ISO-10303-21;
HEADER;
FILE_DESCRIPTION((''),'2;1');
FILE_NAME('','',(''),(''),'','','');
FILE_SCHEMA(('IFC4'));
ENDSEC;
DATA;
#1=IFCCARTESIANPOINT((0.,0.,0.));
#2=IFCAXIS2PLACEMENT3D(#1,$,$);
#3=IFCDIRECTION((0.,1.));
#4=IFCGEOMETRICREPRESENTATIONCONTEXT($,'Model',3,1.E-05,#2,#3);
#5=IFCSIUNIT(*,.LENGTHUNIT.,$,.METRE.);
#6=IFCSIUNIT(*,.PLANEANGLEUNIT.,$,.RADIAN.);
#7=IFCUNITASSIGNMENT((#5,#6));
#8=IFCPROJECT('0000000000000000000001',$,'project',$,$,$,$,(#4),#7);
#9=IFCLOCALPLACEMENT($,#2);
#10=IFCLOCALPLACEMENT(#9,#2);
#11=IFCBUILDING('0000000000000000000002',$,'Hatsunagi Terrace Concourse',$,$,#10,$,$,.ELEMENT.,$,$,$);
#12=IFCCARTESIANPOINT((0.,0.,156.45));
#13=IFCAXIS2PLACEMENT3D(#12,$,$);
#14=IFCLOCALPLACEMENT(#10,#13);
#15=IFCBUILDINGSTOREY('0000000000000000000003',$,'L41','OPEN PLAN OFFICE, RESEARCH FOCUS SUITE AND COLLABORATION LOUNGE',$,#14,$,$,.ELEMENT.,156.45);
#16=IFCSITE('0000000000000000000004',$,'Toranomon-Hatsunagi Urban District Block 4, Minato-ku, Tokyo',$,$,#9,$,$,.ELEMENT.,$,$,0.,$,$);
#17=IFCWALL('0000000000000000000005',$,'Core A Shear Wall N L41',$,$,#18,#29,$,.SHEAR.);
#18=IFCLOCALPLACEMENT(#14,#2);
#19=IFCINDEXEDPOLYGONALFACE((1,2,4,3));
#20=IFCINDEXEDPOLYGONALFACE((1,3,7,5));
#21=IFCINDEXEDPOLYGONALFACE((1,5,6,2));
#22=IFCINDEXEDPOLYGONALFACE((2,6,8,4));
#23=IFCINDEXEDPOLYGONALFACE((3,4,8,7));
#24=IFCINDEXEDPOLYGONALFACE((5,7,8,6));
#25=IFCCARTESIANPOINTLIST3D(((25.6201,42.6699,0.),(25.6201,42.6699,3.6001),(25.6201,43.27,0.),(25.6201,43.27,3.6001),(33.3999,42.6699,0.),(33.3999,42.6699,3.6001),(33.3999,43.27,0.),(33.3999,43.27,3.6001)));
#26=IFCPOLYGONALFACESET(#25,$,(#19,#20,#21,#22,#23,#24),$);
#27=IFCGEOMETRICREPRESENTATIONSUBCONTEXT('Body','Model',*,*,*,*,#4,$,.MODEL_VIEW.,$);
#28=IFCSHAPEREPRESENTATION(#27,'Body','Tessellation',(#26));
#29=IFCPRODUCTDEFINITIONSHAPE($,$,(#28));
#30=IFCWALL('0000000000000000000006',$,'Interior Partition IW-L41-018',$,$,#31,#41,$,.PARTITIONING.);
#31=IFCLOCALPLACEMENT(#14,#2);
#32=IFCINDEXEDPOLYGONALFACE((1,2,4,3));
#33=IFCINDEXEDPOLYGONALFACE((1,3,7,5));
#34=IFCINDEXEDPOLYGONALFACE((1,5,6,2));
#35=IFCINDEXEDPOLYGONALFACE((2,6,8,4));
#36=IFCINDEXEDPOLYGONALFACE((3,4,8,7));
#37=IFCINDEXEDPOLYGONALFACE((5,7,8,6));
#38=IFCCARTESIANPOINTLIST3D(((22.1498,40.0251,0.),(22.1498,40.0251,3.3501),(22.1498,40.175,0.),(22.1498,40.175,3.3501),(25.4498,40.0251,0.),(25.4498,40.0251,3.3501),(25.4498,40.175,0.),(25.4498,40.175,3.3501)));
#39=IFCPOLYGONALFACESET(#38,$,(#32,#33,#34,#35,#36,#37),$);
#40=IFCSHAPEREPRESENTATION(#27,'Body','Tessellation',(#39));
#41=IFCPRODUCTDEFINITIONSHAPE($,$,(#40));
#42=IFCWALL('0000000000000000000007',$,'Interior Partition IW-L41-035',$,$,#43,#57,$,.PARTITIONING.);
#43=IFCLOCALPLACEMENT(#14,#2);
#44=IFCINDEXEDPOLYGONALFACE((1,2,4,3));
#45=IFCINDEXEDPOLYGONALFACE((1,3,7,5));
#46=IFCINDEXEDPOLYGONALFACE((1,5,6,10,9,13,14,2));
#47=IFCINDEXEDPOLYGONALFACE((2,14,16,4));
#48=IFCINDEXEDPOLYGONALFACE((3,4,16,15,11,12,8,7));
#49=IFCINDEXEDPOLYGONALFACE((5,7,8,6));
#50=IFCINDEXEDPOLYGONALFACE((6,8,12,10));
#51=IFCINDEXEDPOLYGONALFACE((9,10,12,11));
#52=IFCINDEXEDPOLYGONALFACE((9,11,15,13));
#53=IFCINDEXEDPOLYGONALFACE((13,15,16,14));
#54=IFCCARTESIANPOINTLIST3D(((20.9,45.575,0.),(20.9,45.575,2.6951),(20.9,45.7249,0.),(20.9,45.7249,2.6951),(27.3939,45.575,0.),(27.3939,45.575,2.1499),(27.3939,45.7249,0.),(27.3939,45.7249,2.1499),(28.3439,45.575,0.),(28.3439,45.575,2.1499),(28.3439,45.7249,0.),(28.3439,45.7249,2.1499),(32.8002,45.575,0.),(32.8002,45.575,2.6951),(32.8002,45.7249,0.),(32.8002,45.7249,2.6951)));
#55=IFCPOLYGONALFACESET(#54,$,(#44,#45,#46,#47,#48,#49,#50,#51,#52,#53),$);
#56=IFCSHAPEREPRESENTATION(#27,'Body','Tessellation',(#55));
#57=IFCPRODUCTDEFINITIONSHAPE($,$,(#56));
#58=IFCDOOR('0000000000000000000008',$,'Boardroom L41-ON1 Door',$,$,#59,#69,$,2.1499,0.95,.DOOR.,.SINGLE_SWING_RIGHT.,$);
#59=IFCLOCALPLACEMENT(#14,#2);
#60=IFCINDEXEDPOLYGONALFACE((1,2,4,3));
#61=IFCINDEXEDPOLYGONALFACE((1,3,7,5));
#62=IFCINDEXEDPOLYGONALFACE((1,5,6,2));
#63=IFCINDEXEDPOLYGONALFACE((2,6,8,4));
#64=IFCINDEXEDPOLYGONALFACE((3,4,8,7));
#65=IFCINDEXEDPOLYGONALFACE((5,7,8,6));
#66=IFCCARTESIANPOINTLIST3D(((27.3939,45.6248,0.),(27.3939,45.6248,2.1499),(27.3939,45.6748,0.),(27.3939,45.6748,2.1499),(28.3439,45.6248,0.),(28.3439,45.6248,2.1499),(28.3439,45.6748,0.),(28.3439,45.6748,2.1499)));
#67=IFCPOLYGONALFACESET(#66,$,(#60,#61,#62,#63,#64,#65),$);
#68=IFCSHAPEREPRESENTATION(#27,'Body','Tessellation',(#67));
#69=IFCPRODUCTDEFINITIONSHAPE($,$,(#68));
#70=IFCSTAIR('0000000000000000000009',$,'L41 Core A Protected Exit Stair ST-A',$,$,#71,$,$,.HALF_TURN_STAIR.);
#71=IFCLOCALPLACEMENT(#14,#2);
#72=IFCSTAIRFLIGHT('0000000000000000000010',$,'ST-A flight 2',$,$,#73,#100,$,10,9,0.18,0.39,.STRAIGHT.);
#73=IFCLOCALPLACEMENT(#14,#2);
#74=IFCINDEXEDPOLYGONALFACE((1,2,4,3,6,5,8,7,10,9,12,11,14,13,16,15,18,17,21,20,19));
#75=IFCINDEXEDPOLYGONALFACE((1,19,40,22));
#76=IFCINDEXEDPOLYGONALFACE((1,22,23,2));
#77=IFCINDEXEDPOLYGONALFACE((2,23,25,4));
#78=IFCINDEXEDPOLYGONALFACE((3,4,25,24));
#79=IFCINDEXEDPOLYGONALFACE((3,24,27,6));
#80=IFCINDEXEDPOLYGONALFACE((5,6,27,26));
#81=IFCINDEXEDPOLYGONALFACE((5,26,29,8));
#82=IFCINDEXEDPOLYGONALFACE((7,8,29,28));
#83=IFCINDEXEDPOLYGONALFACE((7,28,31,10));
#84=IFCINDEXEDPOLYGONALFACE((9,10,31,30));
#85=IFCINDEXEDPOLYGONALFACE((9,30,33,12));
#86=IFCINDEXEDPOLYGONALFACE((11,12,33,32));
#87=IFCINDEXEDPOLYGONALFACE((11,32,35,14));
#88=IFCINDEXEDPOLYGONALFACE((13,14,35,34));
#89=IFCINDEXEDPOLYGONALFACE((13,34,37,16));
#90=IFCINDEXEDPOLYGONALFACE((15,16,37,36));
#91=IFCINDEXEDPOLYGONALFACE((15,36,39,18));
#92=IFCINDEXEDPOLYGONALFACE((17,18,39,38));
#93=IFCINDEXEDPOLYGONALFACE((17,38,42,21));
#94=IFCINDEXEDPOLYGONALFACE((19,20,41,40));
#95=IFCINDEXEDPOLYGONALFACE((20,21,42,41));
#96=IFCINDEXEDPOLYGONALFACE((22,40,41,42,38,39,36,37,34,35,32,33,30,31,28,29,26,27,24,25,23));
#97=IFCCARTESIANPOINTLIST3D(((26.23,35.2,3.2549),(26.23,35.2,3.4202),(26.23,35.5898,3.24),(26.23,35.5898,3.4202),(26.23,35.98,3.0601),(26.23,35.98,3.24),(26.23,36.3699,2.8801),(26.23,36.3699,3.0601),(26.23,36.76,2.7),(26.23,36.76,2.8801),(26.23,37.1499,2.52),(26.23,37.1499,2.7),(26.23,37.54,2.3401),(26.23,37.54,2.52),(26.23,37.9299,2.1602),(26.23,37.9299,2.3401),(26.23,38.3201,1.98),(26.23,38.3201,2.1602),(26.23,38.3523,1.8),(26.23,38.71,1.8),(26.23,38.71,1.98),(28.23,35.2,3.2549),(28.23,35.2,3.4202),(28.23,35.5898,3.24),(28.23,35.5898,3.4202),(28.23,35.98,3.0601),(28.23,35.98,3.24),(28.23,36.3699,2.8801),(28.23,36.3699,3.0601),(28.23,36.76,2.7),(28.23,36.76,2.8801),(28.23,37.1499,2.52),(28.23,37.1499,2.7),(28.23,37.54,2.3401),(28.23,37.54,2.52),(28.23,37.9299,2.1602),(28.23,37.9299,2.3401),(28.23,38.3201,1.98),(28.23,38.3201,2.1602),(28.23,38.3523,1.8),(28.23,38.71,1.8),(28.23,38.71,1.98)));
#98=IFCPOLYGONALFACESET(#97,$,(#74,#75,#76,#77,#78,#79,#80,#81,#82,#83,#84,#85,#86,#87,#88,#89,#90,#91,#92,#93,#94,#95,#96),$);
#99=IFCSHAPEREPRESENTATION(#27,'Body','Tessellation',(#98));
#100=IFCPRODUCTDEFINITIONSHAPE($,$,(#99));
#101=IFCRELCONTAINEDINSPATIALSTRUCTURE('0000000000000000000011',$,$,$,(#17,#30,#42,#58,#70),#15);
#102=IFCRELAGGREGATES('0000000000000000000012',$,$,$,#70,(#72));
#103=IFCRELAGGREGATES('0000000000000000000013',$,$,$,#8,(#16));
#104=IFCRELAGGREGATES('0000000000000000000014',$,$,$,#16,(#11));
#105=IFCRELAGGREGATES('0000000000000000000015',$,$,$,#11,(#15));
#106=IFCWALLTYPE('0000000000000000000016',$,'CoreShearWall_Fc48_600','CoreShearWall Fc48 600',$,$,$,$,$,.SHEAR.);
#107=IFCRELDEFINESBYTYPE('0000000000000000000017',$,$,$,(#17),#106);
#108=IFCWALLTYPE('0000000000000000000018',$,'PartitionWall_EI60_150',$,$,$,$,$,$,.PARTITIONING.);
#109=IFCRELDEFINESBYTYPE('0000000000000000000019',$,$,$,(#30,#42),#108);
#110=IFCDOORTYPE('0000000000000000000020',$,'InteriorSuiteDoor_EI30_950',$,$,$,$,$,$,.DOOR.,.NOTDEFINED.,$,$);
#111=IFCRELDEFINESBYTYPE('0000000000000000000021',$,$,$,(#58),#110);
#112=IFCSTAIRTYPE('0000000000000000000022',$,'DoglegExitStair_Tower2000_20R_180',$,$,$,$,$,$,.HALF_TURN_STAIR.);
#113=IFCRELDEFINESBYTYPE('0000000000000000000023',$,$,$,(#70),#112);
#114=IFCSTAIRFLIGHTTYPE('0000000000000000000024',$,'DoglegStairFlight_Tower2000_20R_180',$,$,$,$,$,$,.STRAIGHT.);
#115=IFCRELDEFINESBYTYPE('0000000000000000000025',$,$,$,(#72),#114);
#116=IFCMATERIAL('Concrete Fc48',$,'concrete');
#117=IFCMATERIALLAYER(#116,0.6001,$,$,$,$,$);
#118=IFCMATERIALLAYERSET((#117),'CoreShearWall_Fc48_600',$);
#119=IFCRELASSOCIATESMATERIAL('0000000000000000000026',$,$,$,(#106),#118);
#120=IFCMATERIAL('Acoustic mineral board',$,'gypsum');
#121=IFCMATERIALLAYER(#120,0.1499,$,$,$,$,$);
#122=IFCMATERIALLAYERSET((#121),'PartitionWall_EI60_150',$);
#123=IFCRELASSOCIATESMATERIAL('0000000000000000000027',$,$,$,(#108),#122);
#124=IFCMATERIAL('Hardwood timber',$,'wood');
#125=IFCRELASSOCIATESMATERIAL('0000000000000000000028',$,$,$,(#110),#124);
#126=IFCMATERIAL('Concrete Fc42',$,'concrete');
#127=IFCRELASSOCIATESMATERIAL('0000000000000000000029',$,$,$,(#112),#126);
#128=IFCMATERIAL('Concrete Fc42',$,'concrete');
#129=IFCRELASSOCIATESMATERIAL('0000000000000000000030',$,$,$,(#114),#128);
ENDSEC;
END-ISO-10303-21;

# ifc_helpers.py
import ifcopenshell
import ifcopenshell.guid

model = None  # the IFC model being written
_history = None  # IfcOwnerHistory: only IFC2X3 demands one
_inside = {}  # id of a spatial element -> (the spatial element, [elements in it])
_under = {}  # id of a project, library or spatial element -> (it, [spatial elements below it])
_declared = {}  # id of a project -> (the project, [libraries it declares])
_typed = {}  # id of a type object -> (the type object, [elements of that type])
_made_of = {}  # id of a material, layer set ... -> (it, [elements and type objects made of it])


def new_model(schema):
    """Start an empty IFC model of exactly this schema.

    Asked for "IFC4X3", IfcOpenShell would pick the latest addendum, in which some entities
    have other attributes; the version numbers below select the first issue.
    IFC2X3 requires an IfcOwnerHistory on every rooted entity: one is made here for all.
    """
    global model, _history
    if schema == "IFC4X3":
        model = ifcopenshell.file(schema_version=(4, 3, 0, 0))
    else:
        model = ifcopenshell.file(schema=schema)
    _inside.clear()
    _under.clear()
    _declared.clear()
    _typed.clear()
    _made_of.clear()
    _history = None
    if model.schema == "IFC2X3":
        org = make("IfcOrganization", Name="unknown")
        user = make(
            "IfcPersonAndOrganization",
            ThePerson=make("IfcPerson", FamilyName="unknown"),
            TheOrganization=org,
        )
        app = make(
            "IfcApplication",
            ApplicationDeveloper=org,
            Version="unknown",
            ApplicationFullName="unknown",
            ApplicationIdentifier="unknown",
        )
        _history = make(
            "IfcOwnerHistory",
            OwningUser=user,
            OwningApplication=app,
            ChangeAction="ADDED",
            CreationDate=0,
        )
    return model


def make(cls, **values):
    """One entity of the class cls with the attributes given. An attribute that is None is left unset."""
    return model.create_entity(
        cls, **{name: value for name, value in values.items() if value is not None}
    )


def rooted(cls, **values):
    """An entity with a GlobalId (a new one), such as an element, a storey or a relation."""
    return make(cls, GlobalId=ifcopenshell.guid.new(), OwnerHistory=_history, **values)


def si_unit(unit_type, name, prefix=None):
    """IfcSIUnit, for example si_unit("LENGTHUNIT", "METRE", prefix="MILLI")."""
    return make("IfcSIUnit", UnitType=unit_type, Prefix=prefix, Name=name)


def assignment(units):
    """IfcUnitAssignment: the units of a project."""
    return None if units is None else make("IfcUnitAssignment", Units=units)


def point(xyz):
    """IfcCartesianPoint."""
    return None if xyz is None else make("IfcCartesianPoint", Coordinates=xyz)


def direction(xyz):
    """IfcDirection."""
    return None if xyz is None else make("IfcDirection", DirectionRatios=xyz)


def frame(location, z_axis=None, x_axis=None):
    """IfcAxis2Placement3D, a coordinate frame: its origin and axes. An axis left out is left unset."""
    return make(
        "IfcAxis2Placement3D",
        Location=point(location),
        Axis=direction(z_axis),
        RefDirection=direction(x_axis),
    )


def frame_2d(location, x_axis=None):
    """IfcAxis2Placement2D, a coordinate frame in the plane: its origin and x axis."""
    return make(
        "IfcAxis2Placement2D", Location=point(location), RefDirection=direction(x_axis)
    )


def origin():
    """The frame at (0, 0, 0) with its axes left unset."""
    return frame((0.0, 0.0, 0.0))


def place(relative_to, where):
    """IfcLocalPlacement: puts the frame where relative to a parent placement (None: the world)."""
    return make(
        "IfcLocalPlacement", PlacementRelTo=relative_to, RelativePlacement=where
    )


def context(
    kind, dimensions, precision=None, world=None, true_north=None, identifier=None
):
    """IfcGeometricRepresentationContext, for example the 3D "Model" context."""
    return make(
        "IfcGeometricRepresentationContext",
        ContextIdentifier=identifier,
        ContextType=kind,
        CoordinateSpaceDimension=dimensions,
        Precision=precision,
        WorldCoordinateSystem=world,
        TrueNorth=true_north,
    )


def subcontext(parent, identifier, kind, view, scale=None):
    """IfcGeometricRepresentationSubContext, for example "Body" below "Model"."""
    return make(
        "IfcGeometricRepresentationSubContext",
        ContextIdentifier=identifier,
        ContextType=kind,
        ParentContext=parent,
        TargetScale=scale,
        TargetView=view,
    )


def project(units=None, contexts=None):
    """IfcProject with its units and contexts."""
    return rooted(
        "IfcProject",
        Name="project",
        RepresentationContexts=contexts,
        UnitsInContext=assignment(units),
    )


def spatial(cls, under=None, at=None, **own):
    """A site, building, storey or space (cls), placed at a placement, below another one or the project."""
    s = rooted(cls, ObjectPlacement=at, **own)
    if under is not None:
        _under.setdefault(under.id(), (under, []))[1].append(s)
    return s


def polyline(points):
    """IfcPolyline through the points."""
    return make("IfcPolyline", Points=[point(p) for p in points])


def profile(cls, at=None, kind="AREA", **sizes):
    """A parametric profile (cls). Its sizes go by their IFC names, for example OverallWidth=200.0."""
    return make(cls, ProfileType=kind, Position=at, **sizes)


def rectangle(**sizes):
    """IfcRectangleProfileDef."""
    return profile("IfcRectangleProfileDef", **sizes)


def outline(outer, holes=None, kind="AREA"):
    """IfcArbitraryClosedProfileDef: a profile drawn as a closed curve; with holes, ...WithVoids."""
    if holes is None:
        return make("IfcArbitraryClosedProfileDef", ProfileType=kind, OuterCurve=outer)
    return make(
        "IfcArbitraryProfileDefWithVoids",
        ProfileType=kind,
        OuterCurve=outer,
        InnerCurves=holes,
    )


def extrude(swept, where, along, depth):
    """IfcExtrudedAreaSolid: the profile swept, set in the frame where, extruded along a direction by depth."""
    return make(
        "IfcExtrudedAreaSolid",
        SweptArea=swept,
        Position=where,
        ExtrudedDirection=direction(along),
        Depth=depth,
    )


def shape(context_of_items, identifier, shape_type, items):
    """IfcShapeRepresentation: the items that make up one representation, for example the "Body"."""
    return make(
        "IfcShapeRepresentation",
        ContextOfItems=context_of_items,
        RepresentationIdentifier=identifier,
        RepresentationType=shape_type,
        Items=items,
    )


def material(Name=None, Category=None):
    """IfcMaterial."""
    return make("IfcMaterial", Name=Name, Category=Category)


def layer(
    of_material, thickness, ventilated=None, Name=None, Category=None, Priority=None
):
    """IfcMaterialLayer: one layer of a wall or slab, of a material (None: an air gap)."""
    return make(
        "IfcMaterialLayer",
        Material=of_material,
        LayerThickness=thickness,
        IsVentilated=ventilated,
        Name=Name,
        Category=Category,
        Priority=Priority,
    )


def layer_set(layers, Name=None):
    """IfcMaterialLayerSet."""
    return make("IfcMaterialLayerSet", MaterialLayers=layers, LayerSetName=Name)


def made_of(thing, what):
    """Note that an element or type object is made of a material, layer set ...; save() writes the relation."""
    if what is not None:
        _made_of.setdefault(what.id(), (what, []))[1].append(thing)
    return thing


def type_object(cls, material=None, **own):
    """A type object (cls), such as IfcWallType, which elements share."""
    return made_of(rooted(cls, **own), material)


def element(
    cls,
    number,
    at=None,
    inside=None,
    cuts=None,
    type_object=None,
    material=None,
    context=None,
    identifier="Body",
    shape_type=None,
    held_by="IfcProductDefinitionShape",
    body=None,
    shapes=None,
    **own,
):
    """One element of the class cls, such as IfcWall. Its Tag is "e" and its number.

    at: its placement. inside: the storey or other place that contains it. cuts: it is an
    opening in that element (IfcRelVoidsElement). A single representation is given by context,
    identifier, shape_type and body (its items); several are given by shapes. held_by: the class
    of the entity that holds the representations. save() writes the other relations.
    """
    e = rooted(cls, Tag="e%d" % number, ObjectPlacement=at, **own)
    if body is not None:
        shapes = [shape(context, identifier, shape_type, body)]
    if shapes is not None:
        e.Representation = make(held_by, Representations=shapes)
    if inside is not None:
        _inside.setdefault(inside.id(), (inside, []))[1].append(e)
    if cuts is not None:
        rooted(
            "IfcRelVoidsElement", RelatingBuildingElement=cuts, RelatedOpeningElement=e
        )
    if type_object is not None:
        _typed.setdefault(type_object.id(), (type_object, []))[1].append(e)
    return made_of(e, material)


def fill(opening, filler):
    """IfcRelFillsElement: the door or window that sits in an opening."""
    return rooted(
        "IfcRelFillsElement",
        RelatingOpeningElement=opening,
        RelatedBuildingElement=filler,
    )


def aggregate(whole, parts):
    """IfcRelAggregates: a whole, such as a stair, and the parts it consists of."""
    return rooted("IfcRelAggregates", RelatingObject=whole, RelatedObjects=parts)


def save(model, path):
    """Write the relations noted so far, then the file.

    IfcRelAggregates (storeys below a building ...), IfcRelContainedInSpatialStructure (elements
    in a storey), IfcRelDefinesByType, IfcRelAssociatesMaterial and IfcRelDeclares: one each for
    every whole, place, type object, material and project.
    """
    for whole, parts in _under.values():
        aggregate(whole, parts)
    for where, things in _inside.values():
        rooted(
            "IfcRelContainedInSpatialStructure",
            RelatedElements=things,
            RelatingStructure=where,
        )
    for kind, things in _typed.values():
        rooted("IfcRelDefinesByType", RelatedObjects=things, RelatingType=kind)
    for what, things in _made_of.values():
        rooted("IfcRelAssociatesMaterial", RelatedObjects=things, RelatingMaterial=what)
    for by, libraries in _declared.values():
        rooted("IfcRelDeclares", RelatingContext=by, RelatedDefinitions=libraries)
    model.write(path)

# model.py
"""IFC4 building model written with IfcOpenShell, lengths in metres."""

from ifc_helpers import new_model, si_unit, direction, frame, frame_2d, origin, place, context, subcontext, project, spatial, polyline, rectangle, outline, extrude, material, layer, layer_set, type_object, element, fill, aggregate, save


model = new_model("IFC4")

# Units and contexts
model_context = context("Model", 3, precision=1e-05, world=origin(), true_north=direction((0.0, 1.0)))
body_context = subcontext(model_context, "Body", "Model", "MODEL_VIEW")
ifc_project = project(units=[si_unit("LENGTHUNIT", "METRE"), si_unit("PLANEANGLEUNIT", "RADIAN")], contexts=[model_context])

# Site, building, storey
site_placement = place(None, origin())
site = spatial("IfcSite", under=ifc_project, at=site_placement, Name="Toranomon-Hatsunagi Urban District Block 4, Minato-ku, Tokyo", CompositionType="ELEMENT", RefElevation=0.0)
building_placement = place(site_placement, origin())
building = spatial("IfcBuilding", under=site, at=building_placement, Name="Hatsunagi Terrace Concourse", CompositionType="ELEMENT")
storey_placement = place(building_placement, frame((0.0, 0.0, 156.45)))
storey = spatial("IfcBuildingStorey", under=building, at=storey_placement, Name="L41", Description="OPEN PLAN OFFICE, RESEARCH FOCUS SUITE AND COLLABORATION LOUNGE", CompositionType="ELEMENT", Elevation=156.45)

# Walls
ifc_material_1 = material(Name="Concrete Fc48", Category="concrete")
ifc_layer_1 = layer(ifc_material_1, 0.6001)
ifc_layer_set_1 = layer_set([ifc_layer_1], Name="CoreShearWall_Fc48_600")
wall_type_1 = type_object("IfcWallType", Name="CoreShearWall_Fc48_600", Description="CoreShearWall Fc48 600", PredefinedType="SHEAR", material=ifc_layer_set_1)
wall_1_placement = place(storey_placement, frame((25.6201, 42.97, 0.0), z_axis=(0.0, 0.0, 1.0), x_axis=(1.0, 0.0, 0.0)))
element("IfcWall", 1, at=wall_1_placement, inside=storey, type_object=wall_type_1, Name="Core A Shear Wall N L41", PredefinedType="SHEAR", context=body_context, shape_type="SweptSolid", body=[
    extrude(rectangle(XDim=7.7798, YDim=0.6001, at=frame_2d((3.8899, 0.0))), origin(), (0.0, 0.0, 1.0), 3.6001),
])
ifc_material_2 = material(Name="Acoustic mineral board", Category="gypsum")
ifc_layer_2 = layer(ifc_material_2, 0.1499)
ifc_layer_set_2 = layer_set([ifc_layer_2], Name="PartitionWall_EI60_150")
wall_type_2 = type_object("IfcWallType", Name="PartitionWall_EI60_150", PredefinedType="PARTITIONING", material=ifc_layer_set_2)
wall_2_placement = place(storey_placement, frame((22.1499, 40.1001, 0.0), z_axis=(0.0, 0.0, 1.0), x_axis=(1.0, 0.0, 0.0)))
element("IfcWall", 2, at=wall_2_placement, inside=storey, type_object=wall_type_2, Name="Interior Partition IW-L41-018", PredefinedType="PARTITIONING", context=body_context, shape_type="SweptSolid", body=[
    extrude(rectangle(XDim=3.3, YDim=0.1499, at=frame_2d((1.6499, 0.0))), origin(), (0.0, 0.0, 1.0), 3.3501),
])

# Wall, opening, door
wall_3_placement = place(storey_placement, frame((20.8999, 45.6499, 0.0), z_axis=(0.0, 0.0, 1.0), x_axis=(1.0, 0.0, 0.0)))
wall_3 = element("IfcWall", 3, at=wall_3_placement, inside=storey, type_object=wall_type_2, Name="Interior Partition IW-L41-035", PredefinedType="PARTITIONING", context=body_context, shape_type="SweptSolid", body=[
    extrude(rectangle(XDim=11.9001, YDim=0.1499, at=frame_2d((5.9502, 0.0))), origin(), (0.0, 0.0, 1.0), 2.6951),
])
opening_placement = place(wall_3_placement, frame((6.4939, 0.0, 0.0)))
opening = element("IfcOpeningElement", 4, at=opening_placement, cuts=wall_3, PredefinedType="OPENING", context=body_context, shape_type="SweptSolid", body=[
    extrude(rectangle(XDim=0.95, YDim=2.1499, at=frame_2d((0.4751, 1.075))), frame((0.0, 0.085, 0.0), z_axis=(0.0, -1.0, 0.0), x_axis=(1.0, 0.0, 0.0)), (0.0, 0.0, 1.0), 0.1699),
])
ifc_material_3 = material(Name="Hardwood timber", Category="wood")
door_type = type_object("IfcDoorType", Name="InteriorSuiteDoor_EI30_950", OperationType="NOTDEFINED", PredefinedType="DOOR", material=ifc_material_3)
door_placement = place(opening_placement, origin())
door = element("IfcDoor", 5, at=door_placement, inside=storey, type_object=door_type, Name="Boardroom L41-ON1 Door", OperationType="SINGLE_SWING_RIGHT", OverallHeight=2.1499, OverallWidth=0.95, PredefinedType="DOOR", context=body_context, shape_type="SweptSolid", body=[
    extrude(rectangle(XDim=0.95, YDim=2.1499, at=frame_2d((0.4751, 1.075))), frame((0.0, 0.0249, 0.0), z_axis=(0.0, -1.0, 0.0), x_axis=(1.0, 0.0, 0.0)), (0.0, 0.0, 1.0), 0.05),
])
fill(opening, door)

# Stair, stair flight
ifc_material_4 = material(Name="Concrete Fc42", Category="concrete")
stair_type = type_object("IfcStairType", Name="DoglegExitStair_Tower2000_20R_180", PredefinedType="HALF_TURN_STAIR", material=ifc_material_4)
stair_placement = place(storey_placement, origin())
stair = element("IfcStair", 6, at=stair_placement, inside=storey, type_object=stair_type, Name="L41 Core A Protected Exit Stair ST-A", PredefinedType="HALF_TURN_STAIR")
ifc_material_5 = material(Name="Concrete Fc42", Category="concrete")
stair_flight_type = type_object("IfcStairFlightType", Name="DoglegStairFlight_Tower2000_20R_180", PredefinedType="STRAIGHT", material=ifc_material_5)
stair_flight_placement = place(storey_placement, frame((27.23, 38.71, 1.8), z_axis=(0.0, 0.0, 1.0), x_axis=(0.0, -1.0, 0.0)))
stair_flight = element("IfcStairFlight", 7, at=stair_flight_placement, type_object=stair_flight_type, Name="ST-A flight 2", NumberOfRisers=10, NumberOfTreads=9, PredefinedType="STRAIGHT", RiserHeight=0.18, TreadLength=0.39, context=body_context, shape_type="SweptSolid", body=[
    extrude(outline(polyline([(0.0, 0.0), (0.0, 0.1799), (0.3899, 0.1799), (0.3899, 0.3601), (0.78, 0.3601), (0.78, 0.54), (1.1699, 0.54), (1.1699, 0.72), (1.5601, 0.72), (1.5601, 0.8999), (1.95, 0.8999), (1.95, 1.0801), (2.3401, 1.0801), (2.3401, 1.26), (2.73, 1.26), (2.73, 1.4399), (3.1201, 1.4399), (3.1201, 1.6201), (3.51, 1.6201), (3.51, 1.8), (3.51, 1.4548), (0.3577, 0.0), (0.0, 0.0)])), frame((0.0, 1.0, 0.0), z_axis=(0.0, -1.0, 0.0), x_axis=(1.0, 0.0, 0.0)), (0.0, 0.0, 1.0), 2.0),
])
aggregate(stair, [stair_flight])

save(model, "model.ifc")
